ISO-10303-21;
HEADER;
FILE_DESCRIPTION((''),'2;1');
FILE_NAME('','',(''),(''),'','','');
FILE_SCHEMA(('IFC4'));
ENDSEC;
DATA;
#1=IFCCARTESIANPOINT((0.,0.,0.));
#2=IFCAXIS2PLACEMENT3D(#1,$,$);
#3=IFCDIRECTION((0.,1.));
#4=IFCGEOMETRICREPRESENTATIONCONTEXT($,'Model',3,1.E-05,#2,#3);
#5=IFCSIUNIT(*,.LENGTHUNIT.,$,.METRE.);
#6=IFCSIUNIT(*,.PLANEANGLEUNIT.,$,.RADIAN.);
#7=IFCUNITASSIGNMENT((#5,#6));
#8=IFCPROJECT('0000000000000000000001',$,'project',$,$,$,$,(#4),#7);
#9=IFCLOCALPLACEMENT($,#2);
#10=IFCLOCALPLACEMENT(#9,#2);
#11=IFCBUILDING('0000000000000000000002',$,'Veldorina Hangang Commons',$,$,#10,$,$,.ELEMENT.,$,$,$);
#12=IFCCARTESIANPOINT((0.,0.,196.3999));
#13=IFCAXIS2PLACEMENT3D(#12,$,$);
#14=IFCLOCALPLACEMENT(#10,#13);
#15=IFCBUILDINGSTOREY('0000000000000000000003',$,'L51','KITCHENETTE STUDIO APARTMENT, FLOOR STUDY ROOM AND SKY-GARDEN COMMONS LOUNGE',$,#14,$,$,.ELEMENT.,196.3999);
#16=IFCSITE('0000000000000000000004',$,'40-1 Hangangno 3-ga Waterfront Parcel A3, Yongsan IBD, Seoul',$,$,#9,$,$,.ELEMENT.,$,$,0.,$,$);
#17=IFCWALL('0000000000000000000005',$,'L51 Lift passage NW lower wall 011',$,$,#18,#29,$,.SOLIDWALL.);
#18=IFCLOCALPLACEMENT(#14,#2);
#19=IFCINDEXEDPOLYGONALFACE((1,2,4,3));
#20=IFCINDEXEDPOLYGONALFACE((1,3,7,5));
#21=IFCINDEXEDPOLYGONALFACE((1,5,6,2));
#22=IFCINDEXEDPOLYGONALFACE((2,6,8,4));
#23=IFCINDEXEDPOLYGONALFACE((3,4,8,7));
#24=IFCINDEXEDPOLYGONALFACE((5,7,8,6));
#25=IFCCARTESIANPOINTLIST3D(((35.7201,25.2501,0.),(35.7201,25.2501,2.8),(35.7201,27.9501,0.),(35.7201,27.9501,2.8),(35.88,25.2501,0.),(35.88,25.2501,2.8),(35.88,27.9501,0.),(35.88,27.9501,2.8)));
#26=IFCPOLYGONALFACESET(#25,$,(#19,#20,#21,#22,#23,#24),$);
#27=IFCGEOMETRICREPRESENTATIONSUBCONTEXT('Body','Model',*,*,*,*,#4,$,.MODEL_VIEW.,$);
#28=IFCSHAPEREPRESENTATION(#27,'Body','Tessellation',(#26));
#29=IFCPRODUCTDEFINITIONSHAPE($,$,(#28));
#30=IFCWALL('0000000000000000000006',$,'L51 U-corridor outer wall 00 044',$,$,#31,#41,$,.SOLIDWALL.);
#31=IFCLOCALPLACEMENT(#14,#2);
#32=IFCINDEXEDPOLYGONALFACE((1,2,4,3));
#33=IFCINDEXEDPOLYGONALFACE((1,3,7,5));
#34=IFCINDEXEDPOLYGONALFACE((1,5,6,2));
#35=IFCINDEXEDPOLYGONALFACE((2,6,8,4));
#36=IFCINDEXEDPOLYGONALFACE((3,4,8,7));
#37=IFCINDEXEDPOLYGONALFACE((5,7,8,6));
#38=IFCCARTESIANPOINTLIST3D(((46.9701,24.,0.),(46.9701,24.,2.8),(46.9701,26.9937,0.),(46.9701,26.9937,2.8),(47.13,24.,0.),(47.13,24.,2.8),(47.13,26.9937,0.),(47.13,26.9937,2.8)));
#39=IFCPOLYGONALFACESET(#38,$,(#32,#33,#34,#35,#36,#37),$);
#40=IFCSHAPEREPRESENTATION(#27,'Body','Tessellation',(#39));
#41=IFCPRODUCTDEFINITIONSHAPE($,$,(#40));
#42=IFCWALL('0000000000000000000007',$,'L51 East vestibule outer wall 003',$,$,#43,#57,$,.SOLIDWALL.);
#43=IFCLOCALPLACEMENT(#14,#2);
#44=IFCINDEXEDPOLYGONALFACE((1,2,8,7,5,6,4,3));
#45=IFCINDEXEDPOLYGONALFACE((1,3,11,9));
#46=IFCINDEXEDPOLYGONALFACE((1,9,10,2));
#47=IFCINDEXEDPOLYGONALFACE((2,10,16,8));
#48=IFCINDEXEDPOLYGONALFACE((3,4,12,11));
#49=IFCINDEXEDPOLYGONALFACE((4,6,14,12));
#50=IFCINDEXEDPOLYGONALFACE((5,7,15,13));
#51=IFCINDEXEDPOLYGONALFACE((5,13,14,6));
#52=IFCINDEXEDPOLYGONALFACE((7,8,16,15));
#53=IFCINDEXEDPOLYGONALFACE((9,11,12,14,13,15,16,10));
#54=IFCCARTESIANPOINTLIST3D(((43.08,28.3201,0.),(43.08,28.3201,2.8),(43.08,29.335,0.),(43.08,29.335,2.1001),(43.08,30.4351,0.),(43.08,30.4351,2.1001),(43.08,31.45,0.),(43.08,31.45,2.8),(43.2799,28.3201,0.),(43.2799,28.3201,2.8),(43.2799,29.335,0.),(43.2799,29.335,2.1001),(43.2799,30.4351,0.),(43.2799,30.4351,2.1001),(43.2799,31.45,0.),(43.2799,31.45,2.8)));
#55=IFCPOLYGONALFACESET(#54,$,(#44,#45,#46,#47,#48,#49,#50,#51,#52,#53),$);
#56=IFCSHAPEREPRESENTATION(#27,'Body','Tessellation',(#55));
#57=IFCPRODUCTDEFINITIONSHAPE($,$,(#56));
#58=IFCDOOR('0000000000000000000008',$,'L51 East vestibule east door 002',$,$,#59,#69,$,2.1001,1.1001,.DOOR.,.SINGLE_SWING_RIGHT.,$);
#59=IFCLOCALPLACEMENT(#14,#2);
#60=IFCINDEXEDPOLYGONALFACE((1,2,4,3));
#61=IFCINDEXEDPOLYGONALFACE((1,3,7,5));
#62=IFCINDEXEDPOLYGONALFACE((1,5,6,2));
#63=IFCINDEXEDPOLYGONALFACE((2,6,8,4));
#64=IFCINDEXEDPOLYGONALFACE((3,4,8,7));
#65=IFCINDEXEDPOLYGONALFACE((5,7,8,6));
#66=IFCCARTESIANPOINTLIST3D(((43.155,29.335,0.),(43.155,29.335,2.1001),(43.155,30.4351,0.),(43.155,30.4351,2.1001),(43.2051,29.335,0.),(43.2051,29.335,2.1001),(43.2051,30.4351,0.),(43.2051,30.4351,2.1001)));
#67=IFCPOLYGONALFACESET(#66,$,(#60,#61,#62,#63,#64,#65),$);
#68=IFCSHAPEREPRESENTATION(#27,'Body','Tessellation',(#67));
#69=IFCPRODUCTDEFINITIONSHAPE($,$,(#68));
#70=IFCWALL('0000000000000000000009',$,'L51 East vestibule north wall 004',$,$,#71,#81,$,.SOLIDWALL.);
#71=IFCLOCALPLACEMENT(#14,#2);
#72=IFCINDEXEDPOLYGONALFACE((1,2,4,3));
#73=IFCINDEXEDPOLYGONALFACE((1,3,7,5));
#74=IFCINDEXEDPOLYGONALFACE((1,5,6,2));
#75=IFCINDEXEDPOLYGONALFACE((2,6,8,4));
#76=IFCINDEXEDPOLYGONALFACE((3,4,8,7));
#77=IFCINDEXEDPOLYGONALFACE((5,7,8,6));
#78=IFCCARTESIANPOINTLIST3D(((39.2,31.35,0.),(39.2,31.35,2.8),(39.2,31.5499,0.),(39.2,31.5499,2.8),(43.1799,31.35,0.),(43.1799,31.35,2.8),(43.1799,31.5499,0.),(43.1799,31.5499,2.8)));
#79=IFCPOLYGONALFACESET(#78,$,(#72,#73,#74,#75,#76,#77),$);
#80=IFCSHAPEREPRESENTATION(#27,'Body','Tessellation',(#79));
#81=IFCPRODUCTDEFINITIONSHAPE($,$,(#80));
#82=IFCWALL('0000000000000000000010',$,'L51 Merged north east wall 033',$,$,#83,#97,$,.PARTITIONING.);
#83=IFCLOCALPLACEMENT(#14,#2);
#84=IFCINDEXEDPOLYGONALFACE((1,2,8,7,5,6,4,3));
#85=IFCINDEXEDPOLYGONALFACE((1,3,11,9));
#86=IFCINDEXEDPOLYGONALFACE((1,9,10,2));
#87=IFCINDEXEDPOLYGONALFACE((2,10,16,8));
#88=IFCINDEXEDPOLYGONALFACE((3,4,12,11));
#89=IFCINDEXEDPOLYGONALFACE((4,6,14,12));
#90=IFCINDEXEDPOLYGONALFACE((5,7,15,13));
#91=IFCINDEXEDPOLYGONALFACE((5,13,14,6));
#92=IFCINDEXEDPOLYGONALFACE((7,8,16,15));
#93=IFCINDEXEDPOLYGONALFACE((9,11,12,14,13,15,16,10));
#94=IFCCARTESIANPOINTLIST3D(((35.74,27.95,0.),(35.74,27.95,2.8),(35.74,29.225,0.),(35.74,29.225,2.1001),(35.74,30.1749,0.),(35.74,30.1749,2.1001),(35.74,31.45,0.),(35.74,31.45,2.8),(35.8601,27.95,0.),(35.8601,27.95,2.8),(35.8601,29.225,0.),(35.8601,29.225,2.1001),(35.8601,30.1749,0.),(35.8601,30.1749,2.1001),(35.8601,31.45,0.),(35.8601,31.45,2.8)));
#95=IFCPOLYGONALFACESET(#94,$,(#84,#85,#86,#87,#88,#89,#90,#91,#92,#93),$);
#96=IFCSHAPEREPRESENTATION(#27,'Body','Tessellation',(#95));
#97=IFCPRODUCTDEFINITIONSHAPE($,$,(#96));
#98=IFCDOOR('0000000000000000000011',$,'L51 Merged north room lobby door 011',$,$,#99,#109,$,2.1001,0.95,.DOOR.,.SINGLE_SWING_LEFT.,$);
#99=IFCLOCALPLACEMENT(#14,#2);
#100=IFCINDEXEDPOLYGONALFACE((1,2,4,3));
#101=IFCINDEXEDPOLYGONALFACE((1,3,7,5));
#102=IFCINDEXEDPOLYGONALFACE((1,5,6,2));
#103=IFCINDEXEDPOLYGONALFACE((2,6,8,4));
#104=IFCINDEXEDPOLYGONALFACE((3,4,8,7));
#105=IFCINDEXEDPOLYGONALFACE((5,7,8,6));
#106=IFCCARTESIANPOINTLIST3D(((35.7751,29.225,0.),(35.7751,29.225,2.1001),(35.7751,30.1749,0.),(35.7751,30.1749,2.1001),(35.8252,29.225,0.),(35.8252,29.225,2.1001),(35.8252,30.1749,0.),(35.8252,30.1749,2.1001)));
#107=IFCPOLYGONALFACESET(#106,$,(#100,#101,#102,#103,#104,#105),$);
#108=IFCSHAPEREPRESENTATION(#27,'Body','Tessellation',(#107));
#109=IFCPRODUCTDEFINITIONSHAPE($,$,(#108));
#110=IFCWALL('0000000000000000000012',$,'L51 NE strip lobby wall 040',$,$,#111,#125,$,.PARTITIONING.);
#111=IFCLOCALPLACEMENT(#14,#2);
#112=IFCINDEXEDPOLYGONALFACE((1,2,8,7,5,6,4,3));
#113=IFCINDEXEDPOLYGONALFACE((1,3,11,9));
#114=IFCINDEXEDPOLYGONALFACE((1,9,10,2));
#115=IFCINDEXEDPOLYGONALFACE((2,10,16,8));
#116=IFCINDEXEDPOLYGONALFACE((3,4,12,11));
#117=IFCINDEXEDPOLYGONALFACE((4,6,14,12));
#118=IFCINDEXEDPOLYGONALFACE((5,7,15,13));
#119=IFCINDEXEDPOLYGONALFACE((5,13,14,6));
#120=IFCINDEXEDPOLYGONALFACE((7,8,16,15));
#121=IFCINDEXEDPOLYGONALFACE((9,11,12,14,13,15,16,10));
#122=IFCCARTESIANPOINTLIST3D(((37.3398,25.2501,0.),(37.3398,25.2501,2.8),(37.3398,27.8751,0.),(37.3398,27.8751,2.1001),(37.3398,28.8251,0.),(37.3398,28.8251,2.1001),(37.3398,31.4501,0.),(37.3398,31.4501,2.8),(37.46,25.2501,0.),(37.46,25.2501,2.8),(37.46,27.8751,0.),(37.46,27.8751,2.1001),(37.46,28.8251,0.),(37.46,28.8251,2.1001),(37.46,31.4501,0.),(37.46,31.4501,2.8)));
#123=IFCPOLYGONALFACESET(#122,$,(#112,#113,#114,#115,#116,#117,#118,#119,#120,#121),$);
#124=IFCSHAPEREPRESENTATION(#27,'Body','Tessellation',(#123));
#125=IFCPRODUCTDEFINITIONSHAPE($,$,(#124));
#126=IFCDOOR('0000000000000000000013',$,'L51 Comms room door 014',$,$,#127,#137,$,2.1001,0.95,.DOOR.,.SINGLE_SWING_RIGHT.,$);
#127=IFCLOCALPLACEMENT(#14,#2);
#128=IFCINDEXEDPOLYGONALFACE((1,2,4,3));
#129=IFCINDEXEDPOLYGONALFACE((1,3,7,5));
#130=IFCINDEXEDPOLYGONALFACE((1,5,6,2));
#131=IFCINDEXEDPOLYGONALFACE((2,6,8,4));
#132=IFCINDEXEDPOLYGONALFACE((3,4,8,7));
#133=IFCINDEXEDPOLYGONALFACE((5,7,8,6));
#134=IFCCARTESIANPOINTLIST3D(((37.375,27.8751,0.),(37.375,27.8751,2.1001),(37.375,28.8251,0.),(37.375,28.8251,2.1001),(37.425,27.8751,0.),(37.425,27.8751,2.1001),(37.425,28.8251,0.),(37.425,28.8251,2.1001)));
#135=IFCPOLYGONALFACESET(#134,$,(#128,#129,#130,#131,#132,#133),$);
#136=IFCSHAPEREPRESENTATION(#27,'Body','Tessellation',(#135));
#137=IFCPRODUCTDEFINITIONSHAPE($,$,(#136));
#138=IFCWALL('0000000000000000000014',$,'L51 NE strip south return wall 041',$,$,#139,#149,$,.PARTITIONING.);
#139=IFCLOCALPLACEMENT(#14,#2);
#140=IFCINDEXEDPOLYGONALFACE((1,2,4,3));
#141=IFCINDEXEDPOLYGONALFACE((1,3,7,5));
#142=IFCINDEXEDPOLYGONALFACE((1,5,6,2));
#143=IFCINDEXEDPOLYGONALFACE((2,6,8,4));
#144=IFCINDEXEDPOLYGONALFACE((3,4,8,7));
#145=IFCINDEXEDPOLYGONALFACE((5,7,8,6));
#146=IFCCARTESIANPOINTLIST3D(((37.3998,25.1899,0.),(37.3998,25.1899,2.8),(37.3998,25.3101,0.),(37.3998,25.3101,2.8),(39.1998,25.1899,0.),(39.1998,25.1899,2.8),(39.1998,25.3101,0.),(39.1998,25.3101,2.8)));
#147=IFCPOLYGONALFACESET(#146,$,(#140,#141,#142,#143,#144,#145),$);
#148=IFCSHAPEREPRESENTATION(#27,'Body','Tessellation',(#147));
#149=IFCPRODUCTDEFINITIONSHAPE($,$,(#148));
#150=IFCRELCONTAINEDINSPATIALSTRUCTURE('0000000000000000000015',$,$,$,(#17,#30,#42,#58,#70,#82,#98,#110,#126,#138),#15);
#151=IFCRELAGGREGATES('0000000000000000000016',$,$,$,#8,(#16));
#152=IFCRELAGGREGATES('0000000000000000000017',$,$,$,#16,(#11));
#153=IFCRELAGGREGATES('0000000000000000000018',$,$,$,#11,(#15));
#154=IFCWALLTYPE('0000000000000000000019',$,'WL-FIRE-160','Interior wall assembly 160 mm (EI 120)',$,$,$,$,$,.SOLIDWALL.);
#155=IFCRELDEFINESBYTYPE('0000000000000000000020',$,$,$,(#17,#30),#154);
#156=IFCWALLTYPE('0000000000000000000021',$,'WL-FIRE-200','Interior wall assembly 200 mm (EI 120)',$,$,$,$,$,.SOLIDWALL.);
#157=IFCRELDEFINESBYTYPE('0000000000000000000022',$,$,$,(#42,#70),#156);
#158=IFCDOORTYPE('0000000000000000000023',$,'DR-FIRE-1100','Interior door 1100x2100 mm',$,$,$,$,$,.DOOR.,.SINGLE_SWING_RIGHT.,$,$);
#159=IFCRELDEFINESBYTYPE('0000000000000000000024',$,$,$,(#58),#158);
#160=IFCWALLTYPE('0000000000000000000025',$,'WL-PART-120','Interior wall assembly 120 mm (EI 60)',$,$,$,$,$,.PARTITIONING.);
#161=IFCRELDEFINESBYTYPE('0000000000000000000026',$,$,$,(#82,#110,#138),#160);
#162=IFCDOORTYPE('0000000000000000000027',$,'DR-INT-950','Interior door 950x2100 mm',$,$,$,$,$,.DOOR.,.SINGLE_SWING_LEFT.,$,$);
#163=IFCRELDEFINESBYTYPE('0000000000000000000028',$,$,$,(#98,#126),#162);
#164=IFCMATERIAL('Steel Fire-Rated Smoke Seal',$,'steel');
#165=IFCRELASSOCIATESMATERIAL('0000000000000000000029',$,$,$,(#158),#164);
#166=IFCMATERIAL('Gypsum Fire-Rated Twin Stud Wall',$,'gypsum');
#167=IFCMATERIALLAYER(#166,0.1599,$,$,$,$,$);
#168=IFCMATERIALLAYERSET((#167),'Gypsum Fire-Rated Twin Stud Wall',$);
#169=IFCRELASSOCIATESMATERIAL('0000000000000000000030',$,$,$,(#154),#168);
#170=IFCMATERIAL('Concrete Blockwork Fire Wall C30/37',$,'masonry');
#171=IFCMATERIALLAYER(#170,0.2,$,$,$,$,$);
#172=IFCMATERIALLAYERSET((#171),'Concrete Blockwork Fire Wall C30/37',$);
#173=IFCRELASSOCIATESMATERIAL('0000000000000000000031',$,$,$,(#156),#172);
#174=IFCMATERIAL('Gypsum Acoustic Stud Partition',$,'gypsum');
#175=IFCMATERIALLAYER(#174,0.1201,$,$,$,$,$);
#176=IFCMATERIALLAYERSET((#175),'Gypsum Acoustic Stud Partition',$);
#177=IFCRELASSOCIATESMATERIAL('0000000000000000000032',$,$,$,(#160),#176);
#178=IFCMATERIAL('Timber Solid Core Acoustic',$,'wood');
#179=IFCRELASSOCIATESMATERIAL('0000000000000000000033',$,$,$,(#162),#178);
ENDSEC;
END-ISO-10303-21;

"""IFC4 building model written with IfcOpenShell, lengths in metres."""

from ifc_helpers import new_model, si_unit, direction, frame, frame_2d, origin, place, context, subcontext, project, spatial, rectangle, extrude, material, layer, layer_set, type_object, element, fill, save


model = new_model("IFC4")

# Units and contexts
model_context = context("Model", 3, precision=1e-05, world=origin(), true_north=direction((0.0, 1.0)))
body_context = subcontext(model_context, "Body", "Model", "MODEL_VIEW")
ifc_project = project(units=[si_unit("LENGTHUNIT", "METRE"), si_unit("PLANEANGLEUNIT", "RADIAN")], contexts=[model_context])

# Site, building, storey
site_placement = place(None, origin())
site = spatial("IfcSite", under=ifc_project, at=site_placement, Name="40-1 Hangangno 3-ga Waterfront Parcel A3, Yongsan IBD, Seoul", CompositionType="ELEMENT", RefElevation=0.0)
building_placement = place(site_placement, origin())
building = spatial("IfcBuilding", under=site, at=building_placement, Name="Veldorina Hangang Commons", CompositionType="ELEMENT")
storey_placement = place(building_placement, frame((0.0, 0.0, 196.3999)))
storey = spatial("IfcBuildingStorey", under=building, at=storey_placement, Name="L51", Description="KITCHENETTE STUDIO APARTMENT, FLOOR STUDY ROOM AND SKY-GARDEN COMMONS LOUNGE", CompositionType="ELEMENT", Elevation=196.3999)

# Shared definitions
ifc_material_1 = material(Name="Steel Fire-Rated Smoke Seal", Category="steel")
door_type_1 = type_object("IfcDoorType", Name="DR-FIRE-1100", Description="Interior door 1100x2100 mm", OperationType="SINGLE_SWING_RIGHT", PredefinedType="DOOR", material=ifc_material_1)

# Walls
ifc_material_2 = material(Name="Gypsum Fire-Rated Twin Stud Wall", Category="gypsum")
ifc_layer_1 = layer(ifc_material_2, 0.1599)
ifc_layer_set_1 = layer_set([ifc_layer_1], Name="Gypsum Fire-Rated Twin Stud Wall")
wall_type_1 = type_object("IfcWallType", Name="WL-FIRE-160", Description="Interior wall assembly 160 mm (EI 120)", PredefinedType="SOLIDWALL", material=ifc_layer_set_1)
wall_1_placement = place(storey_placement, frame((35.8, 25.25, 0.0), z_axis=(0.0, 0.0, 1.0), x_axis=(0.0, 1.0, 0.0)))
element("IfcWall", 1, at=wall_1_placement, inside=storey, type_object=wall_type_1, Name="L51 Lift passage NW lower wall 011", PredefinedType="SOLIDWALL", context=body_context, shape_type="SweptSolid", body=[
    extrude(rectangle(XDim=2.7, YDim=0.1599, at=frame_2d((1.3501, 0.0))), origin(), (0.0, 0.0, 1.0), 2.8),
])
wall_2_placement = place(storey_placement, frame((47.05, 24.0, 0.0), z_axis=(0.0, 0.0, 1.0), x_axis=(0.0, 1.0, 0.0)))
element("IfcWall", 2, at=wall_2_placement, inside=storey, type_object=wall_type_1, Name="L51 U-corridor outer wall 00 044", PredefinedType="SOLIDWALL", context=body_context, shape_type="SweptSolid", body=[
    extrude(rectangle(XDim=2.9937, YDim=0.1599, at=frame_2d((1.4968, 0.0))), origin(), (0.0, 0.0, 1.0), 2.8),
])

# Wall, opening, door
ifc_material_3 = material(Name="Concrete Blockwork Fire Wall C30/37", Category="masonry")
ifc_layer_2 = layer(ifc_material_3, 0.2)
ifc_layer_set_2 = layer_set([ifc_layer_2], Name="Concrete Blockwork Fire Wall C30/37")
wall_type_2 = type_object("IfcWallType", Name="WL-FIRE-200", Description="Interior wall assembly 200 mm (EI 120)", PredefinedType="SOLIDWALL", material=ifc_layer_set_2)
wall_3_placement = place(storey_placement, frame((43.1799, 28.3201, 0.0), z_axis=(0.0, 0.0, 1.0), x_axis=(0.0, 1.0, 0.0)))
wall_3 = element("IfcWall", 3, at=wall_3_placement, inside=storey, type_object=wall_type_2, Name="L51 East vestibule outer wall 003", PredefinedType="SOLIDWALL", context=body_context, shape_type="SweptSolid", body=[
    extrude(rectangle(XDim=3.1299, YDim=0.2, at=frame_2d((1.5649, 0.0))), origin(), (0.0, 0.0, 1.0), 2.8),
])
opening_1_placement = place(wall_3_placement, frame((1.0149, 0.0, 0.0)))
opening_1 = element("IfcOpeningElement", 4, at=opening_1_placement, cuts=wall_3, PredefinedType="OPENING", context=body_context, shape_type="SweptSolid", body=[
    extrude(rectangle(XDim=1.1001, YDim=2.1001, at=frame_2d((0.55, 1.05))), frame((0.0, 0.1099, 0.0), z_axis=(0.0, -1.0, 0.0), x_axis=(1.0, 0.0, 0.0)), (0.0, 0.0, 1.0), 0.22),
])
door_1_placement = place(opening_1_placement, origin())
door_1 = element("IfcDoor", 5, at=door_1_placement, inside=storey, type_object=door_type_1, Name="L51 East vestibule east door 002", OperationType="SINGLE_SWING_RIGHT", OverallHeight=2.1001, OverallWidth=1.1001, PredefinedType="DOOR", context=body_context, shape_type="SweptSolid", body=[
    extrude(rectangle(XDim=1.1001, YDim=2.1001, at=frame_2d((0.55, 1.05))), frame((0.0, 0.0249, 0.0), z_axis=(0.0, -1.0, 0.0), x_axis=(1.0, 0.0, 0.0)), (0.0, 0.0, 1.0), 0.05),
])
fill(opening_1, door_1)

# Wall
wall_4_placement = place(storey_placement, frame((39.2, 31.45, 0.0), z_axis=(0.0, 0.0, 1.0), x_axis=(1.0, 0.0, 0.0)))
element("IfcWall", 6, at=wall_4_placement, inside=storey, type_object=wall_type_2, Name="L51 East vestibule north wall 004", PredefinedType="SOLIDWALL", context=body_context, shape_type="SweptSolid", body=[
    extrude(rectangle(XDim=3.98, YDim=0.2, at=frame_2d((1.99, 0.0))), origin(), (0.0, 0.0, 1.0), 2.8),
])

# Walls, openings, doors
ifc_material_4 = material(Name="Gypsum Acoustic Stud Partition", Category="gypsum")
ifc_layer_3 = layer(ifc_material_4, 0.1201)
ifc_layer_set_3 = layer_set([ifc_layer_3], Name="Gypsum Acoustic Stud Partition")
wall_type_3 = type_object("IfcWallType", Name="WL-PART-120", Description="Interior wall assembly 120 mm (EI 60)", PredefinedType="PARTITIONING", material=ifc_layer_set_3)
wall_5_placement = place(storey_placement, frame((35.8, 27.95, 0.0), z_axis=(0.0, 0.0, 1.0), x_axis=(0.0, 1.0, 0.0)))
wall_5 = element("IfcWall", 7, at=wall_5_placement, inside=storey, type_object=wall_type_3, Name="L51 Merged north east wall 033", PredefinedType="PARTITIONING", context=body_context, shape_type="SweptSolid", body=[
    extrude(rectangle(XDim=3.5, YDim=0.1201, at=frame_2d((1.75, 0.0))), origin(), (0.0, 0.0, 1.0), 2.8),
])
opening_2_placement = place(wall_5_placement, frame((1.2749, 0.0, 0.0)))
opening_2 = element("IfcOpeningElement", 8, at=opening_2_placement, cuts=wall_5, PredefinedType="OPENING", context=body_context, shape_type="SweptSolid", body=[
    extrude(rectangle(XDim=0.95, YDim=2.1001, at=frame_2d((0.4751, 1.05))), frame((0.0, 0.0701, 0.0), z_axis=(0.0, -1.0, 0.0), x_axis=(1.0, 0.0, 0.0)), (0.0, 0.0, 1.0), 0.1401),
])
ifc_material_5 = material(Name="Timber Solid Core Acoustic", Category="wood")
door_type_2 = type_object("IfcDoorType", Name="DR-INT-950", Description="Interior door 950x2100 mm", OperationType="SINGLE_SWING_LEFT", PredefinedType="DOOR", material=ifc_material_5)
door_2_placement = place(opening_2_placement, origin())
door_2 = element("IfcDoor", 9, at=door_2_placement, inside=storey, type_object=door_type_2, Name="L51 Merged north room lobby door 011", OperationType="SINGLE_SWING_LEFT", OverallHeight=2.1001, OverallWidth=0.95, PredefinedType="DOOR", context=body_context, shape_type="SweptSolid", body=[
    extrude(rectangle(XDim=0.95, YDim=2.1001, at=frame_2d((0.4751, 1.05))), frame((0.0, 0.0249, 0.0), z_axis=(0.0, -1.0, 0.0), x_axis=(1.0, 0.0, 0.0)), (0.0, 0.0, 1.0), 0.05),
])
fill(opening_2, door_2)
wall_6_placement = place(storey_placement, frame((37.3999, 25.25, 0.0), z_axis=(0.0, 0.0, 1.0), x_axis=(0.0, 1.0, 0.0)))
wall_6 = element("IfcWall", 10, at=wall_6_placement, inside=storey, type_object=wall_type_3, Name="L51 NE strip lobby wall 040", PredefinedType="PARTITIONING", context=body_context, shape_type="SweptSolid", body=[
    extrude(rectangle(XDim=6.2, YDim=0.1201, at=frame_2d((3.1001, 0.0))), origin(), (0.0, 0.0, 1.0), 2.8),
])
opening_3_placement = place(wall_6_placement, frame((2.625, 0.0, 0.0)))
opening_3 = element("IfcOpeningElement", 11, at=opening_3_placement, cuts=wall_6, PredefinedType="OPENING", context=body_context, shape_type="SweptSolid", body=[
    extrude(rectangle(XDim=0.95, YDim=2.1001, at=frame_2d((0.4751, 1.05))), frame((0.0, 0.0701, 0.0), z_axis=(0.0, -1.0, 0.0), x_axis=(1.0, 0.0, 0.0)), (0.0, 0.0, 1.0), 0.1401),
])
door_3_placement = place(opening_3_placement, origin())
door_3 = element("IfcDoor", 12, at=door_3_placement, inside=storey, type_object=door_type_2, Name="L51 Comms room door 014", OperationType="SINGLE_SWING_RIGHT", OverallHeight=2.1001, OverallWidth=0.95, PredefinedType="DOOR", context=body_context, shape_type="SweptSolid", body=[
    extrude(rectangle(XDim=0.95, YDim=2.1001, at=frame_2d((0.4751, 1.05))), frame((0.0, 0.0249, 0.0), z_axis=(0.0, -1.0, 0.0), x_axis=(1.0, 0.0, 0.0)), (0.0, 0.0, 1.0), 0.05),
])
fill(opening_3, door_3)

# Wall
wall_7_placement = place(storey_placement, frame((37.3999, 25.25, 0.0), z_axis=(0.0, 0.0, 1.0), x_axis=(1.0, 0.0, 0.0)))
element("IfcWall", 13, at=wall_7_placement, inside=storey, type_object=wall_type_3, Name="L51 NE strip south return wall 041", PredefinedType="PARTITIONING", context=body_context, shape_type="SweptSolid", body=[
    extrude(rectangle(XDim=1.8, YDim=0.1201, at=frame_2d((0.8999, 0.0))), origin(), (0.0, 0.0, 1.0), 2.8),
])

save(model, "model.ifc")
